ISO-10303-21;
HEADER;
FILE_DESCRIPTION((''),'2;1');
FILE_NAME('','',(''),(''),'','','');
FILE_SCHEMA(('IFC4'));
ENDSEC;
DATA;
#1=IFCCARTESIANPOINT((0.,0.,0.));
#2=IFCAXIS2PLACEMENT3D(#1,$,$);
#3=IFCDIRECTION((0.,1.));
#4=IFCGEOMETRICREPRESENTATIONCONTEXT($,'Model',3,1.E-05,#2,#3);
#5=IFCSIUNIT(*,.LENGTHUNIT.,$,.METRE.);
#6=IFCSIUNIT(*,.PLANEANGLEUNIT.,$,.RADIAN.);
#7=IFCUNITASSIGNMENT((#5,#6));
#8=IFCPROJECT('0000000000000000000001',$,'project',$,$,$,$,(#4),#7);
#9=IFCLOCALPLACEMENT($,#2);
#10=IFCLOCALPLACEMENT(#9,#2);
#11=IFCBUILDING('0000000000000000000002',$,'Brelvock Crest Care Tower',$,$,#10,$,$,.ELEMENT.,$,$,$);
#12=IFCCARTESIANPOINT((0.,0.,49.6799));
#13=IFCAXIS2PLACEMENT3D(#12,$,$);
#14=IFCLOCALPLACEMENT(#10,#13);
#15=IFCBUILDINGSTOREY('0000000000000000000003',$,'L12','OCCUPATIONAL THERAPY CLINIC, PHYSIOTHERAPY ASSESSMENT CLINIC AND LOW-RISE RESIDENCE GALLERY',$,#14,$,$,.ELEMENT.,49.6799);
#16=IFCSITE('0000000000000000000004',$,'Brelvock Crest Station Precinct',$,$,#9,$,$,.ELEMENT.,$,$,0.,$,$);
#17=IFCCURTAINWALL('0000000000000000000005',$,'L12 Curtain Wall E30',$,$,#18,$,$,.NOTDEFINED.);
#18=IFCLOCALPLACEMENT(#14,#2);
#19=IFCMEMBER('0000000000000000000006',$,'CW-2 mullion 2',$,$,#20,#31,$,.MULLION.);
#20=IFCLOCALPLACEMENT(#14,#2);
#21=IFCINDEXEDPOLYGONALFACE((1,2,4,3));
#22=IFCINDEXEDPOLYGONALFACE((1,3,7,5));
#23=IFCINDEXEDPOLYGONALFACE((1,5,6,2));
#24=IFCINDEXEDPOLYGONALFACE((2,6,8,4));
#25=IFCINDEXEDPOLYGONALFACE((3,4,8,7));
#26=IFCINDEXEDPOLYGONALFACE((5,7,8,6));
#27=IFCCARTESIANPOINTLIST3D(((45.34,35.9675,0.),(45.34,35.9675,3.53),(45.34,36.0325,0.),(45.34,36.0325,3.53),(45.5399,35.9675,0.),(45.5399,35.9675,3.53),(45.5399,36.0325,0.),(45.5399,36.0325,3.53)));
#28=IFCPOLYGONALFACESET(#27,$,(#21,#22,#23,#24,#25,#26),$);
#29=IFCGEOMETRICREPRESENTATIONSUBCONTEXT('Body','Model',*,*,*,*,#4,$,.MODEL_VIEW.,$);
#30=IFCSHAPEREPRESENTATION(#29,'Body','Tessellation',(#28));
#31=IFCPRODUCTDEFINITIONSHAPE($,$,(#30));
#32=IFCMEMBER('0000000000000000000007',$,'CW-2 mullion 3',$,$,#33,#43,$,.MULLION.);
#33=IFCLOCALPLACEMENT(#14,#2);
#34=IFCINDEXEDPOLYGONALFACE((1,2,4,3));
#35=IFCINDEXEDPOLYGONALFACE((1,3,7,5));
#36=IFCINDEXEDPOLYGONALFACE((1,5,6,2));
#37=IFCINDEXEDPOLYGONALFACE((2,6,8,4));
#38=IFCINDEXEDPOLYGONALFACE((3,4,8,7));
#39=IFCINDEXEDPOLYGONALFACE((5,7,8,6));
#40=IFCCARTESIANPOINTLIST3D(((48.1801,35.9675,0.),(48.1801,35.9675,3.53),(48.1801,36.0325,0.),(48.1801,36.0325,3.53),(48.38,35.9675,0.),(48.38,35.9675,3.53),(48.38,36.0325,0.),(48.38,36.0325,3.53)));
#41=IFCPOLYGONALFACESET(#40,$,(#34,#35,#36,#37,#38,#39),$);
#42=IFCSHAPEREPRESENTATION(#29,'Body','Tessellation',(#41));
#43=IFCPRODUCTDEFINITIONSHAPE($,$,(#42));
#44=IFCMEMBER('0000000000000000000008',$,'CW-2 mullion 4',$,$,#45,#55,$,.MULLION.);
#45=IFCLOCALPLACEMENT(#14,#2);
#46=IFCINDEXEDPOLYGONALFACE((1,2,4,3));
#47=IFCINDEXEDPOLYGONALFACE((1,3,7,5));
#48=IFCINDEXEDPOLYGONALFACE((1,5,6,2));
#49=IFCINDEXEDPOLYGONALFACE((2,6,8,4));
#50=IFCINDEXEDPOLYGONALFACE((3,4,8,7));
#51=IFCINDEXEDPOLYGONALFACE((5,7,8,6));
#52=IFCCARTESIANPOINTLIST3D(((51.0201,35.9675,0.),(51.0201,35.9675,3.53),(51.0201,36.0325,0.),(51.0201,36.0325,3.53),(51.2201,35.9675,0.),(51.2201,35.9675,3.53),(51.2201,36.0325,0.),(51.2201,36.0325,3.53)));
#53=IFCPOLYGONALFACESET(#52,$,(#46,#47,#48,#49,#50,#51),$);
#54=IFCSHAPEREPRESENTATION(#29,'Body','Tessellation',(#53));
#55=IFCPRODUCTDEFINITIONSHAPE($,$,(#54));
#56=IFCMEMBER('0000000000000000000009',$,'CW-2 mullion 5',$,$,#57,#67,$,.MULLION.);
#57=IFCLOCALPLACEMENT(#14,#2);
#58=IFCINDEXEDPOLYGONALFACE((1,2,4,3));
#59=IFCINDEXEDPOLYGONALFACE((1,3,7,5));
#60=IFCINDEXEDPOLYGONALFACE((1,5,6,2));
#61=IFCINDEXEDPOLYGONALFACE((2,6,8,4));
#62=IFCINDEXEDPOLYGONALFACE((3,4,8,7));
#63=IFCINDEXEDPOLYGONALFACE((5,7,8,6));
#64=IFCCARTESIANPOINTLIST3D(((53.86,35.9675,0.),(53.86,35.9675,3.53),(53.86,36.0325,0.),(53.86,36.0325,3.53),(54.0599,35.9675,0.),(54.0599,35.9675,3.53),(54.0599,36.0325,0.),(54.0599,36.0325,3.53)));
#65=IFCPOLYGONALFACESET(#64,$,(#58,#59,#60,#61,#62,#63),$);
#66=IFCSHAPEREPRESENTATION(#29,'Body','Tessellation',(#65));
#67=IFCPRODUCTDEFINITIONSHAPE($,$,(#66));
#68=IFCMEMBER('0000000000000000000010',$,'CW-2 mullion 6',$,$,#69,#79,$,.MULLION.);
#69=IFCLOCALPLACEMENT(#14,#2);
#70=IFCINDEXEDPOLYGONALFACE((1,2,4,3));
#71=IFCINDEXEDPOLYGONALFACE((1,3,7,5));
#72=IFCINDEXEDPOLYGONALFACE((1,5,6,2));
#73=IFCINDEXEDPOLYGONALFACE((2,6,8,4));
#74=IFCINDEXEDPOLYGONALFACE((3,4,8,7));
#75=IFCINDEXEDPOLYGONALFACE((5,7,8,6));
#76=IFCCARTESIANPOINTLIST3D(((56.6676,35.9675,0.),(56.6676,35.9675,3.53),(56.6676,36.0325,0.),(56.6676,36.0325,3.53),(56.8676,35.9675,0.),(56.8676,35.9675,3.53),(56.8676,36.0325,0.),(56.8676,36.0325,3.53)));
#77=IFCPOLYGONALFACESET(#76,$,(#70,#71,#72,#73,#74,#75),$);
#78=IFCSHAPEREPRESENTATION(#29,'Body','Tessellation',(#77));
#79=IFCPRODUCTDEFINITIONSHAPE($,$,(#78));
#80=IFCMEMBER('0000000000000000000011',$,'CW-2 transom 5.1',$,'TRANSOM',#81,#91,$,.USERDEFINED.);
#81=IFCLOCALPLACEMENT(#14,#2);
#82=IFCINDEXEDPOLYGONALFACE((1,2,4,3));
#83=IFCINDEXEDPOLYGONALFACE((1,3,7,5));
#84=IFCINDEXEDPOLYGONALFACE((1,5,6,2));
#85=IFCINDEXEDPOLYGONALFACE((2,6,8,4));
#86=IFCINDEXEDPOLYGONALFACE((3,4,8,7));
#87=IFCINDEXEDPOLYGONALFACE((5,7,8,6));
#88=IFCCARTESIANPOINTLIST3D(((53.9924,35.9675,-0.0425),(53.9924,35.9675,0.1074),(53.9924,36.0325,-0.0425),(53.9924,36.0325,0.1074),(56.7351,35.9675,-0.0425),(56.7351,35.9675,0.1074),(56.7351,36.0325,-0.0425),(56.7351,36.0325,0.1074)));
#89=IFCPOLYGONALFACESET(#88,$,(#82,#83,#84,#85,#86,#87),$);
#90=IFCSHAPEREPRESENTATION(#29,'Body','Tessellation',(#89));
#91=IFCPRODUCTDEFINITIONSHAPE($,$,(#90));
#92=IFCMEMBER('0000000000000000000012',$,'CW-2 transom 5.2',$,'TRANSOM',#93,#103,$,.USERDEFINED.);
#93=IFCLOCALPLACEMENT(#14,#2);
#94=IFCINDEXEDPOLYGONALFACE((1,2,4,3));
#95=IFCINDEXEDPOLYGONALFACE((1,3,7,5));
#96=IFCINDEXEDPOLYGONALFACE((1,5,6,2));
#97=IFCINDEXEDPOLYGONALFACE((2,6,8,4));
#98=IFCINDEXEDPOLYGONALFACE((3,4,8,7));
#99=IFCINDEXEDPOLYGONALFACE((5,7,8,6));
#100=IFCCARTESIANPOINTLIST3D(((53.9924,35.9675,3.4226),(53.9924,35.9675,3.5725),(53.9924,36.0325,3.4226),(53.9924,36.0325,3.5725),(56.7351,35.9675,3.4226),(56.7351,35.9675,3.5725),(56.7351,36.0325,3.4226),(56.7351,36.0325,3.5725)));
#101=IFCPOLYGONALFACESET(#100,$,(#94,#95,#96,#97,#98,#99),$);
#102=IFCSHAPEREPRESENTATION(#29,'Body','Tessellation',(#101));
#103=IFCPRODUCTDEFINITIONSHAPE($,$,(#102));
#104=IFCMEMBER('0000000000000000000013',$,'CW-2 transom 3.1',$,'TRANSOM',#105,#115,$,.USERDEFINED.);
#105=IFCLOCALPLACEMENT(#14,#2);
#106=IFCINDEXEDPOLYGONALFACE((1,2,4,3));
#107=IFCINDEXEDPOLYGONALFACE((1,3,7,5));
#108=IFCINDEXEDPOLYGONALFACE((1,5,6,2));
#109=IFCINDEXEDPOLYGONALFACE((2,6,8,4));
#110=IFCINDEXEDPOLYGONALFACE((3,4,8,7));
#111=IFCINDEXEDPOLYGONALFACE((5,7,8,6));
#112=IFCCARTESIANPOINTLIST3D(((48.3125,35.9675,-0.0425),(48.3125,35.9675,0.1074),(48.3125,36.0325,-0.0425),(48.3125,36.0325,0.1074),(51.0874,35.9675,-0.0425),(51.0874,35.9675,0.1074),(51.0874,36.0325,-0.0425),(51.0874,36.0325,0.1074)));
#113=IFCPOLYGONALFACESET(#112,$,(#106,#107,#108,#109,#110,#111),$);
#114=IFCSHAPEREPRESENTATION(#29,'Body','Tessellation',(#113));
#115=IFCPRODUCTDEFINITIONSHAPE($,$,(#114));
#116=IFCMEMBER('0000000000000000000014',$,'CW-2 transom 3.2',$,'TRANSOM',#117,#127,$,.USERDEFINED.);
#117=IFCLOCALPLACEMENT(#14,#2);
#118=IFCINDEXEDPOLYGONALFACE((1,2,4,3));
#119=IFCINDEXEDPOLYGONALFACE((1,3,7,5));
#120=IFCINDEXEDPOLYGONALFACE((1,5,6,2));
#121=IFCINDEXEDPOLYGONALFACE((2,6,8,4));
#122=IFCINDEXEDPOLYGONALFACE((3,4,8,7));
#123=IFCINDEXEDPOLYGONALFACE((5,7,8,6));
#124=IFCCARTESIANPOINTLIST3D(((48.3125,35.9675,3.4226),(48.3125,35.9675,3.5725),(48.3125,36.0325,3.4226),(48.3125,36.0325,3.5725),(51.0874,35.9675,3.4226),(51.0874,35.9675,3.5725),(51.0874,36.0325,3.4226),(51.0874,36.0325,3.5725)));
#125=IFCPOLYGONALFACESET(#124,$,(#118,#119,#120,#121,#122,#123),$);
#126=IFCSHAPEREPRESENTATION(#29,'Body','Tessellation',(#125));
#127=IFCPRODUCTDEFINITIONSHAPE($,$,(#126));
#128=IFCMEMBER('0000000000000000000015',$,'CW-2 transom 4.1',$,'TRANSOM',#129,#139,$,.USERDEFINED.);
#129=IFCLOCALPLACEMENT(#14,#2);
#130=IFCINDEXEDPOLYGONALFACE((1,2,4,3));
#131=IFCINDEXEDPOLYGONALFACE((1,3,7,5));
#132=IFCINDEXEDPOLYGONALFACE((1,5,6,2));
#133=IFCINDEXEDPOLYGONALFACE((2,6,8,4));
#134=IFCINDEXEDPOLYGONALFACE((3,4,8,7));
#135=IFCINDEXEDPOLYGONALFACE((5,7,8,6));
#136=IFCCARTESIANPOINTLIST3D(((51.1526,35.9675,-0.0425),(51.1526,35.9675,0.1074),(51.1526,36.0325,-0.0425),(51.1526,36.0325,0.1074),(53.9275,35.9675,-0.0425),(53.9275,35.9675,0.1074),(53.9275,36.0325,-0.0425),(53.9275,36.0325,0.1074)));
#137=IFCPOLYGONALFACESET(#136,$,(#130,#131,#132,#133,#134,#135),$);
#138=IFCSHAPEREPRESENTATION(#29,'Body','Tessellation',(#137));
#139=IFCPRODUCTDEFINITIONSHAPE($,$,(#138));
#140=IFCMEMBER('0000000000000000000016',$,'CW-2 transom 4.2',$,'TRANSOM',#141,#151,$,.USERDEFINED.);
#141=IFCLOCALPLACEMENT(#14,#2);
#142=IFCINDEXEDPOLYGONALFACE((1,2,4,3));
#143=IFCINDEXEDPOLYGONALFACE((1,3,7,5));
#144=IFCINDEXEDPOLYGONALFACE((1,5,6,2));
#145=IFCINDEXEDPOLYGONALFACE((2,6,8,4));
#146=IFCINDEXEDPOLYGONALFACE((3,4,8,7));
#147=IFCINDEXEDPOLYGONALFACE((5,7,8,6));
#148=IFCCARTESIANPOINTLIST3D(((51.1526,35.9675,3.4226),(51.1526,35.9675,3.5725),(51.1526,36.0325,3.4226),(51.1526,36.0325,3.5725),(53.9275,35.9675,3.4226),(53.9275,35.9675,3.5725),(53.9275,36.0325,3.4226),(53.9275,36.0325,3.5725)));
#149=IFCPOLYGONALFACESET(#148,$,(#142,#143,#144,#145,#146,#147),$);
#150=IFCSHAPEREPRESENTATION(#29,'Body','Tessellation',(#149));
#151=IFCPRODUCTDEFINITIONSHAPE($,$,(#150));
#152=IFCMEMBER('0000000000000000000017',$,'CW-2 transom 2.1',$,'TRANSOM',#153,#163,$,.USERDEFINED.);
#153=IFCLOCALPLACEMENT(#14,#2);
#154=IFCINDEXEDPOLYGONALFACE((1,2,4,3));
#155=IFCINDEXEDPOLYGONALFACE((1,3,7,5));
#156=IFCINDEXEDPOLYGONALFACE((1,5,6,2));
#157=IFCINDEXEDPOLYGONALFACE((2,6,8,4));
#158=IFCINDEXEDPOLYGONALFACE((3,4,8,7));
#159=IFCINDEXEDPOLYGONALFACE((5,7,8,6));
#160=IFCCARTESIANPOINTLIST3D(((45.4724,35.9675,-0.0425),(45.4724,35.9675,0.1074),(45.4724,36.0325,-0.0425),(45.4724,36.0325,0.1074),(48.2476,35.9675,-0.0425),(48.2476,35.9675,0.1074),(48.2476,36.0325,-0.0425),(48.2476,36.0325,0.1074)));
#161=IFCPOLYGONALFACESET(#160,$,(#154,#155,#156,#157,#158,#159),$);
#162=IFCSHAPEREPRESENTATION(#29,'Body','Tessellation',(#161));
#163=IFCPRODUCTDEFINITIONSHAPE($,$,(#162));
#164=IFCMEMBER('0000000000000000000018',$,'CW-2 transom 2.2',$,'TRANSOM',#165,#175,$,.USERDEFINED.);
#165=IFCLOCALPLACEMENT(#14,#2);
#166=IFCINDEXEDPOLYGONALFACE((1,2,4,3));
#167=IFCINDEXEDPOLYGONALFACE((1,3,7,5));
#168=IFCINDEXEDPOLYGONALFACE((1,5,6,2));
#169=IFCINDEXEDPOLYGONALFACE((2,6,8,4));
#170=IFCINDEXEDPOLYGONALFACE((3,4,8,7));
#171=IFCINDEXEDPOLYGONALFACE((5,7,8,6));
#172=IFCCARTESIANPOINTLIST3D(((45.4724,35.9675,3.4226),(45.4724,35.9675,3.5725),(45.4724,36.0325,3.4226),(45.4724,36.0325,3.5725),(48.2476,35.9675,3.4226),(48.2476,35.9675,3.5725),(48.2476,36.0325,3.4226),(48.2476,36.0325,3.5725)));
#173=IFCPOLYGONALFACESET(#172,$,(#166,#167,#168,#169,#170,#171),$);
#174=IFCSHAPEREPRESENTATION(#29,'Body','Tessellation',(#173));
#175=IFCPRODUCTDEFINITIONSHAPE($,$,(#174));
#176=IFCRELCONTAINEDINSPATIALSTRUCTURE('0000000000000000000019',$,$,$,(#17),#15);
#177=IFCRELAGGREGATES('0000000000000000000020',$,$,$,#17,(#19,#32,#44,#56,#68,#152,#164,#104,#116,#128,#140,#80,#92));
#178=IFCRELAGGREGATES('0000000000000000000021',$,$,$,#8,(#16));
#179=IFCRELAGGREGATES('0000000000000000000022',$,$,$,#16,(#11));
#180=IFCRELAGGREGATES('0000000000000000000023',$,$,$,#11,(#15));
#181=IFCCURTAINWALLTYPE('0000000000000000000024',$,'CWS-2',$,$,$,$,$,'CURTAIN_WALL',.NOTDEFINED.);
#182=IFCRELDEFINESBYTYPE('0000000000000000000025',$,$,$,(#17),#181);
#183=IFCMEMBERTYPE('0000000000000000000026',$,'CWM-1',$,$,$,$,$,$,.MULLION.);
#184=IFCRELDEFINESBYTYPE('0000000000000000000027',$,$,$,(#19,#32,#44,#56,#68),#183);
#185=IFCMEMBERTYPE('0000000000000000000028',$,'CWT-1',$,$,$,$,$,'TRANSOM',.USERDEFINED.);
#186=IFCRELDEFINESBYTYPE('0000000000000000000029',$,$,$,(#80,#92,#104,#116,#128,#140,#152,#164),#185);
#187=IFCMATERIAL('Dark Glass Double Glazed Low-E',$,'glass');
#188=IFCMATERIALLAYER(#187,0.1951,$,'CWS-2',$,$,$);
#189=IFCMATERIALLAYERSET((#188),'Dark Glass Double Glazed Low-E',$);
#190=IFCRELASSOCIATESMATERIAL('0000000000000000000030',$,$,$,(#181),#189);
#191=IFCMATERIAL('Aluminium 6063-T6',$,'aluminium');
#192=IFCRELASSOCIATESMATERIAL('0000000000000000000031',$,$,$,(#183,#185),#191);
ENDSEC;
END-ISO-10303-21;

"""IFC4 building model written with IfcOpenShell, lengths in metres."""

from ifc_helpers import new_model, si_unit, direction, frame, origin, origin_2d, place, context, subcontext, project, spatial, rectangle, extrude, source, transform, mapped, material, layer, layer_set, material_profile, profile_set, type_object, element, aggregate, save


model = new_model("IFC4")

# Units and contexts
model_context = context("Model", 3, precision=1e-05, world=origin(), true_north=direction((0.0, 1.0)))
body_context = subcontext(model_context, "Body", "Model", "MODEL_VIEW")
ifc_project = project(units=[si_unit("LENGTHUNIT", "METRE"), si_unit("PLANEANGLEUNIT", "RADIAN")], contexts=[model_context])

# Site, building, storey
site_placement = place(None, origin())
site = spatial("IfcSite", under=ifc_project, at=site_placement, Name="Brelvock Crest Station Precinct", CompositionType="ELEMENT", RefElevation=0.0)
building_placement = place(site_placement, origin())
building = spatial("IfcBuilding", under=site, at=building_placement, Name="Brelvock Crest Care Tower", CompositionType="ELEMENT")
storey_placement = place(building_placement, frame((0.0, 0.0, 49.6799)))
storey = spatial("IfcBuildingStorey", under=building, at=storey_placement, Name="L12", Description="OCCUPATIONAL THERAPY CLINIC, PHYSIOTHERAPY ASSESSMENT CLINIC AND LOW-RISE RESIDENCE GALLERY", CompositionType="ELEMENT", Elevation=49.6799)

# Curtain wall, members
ifc_material_1 = material(Name="Dark Glass Double Glazed Low-E", Category="glass")
ifc_layer_1 = layer(ifc_material_1, 0.1951, Name="CWS-2")
ifc_layer_set_1 = layer_set([ifc_layer_1], Name="Dark Glass Double Glazed Low-E")
curtain_wall_type = type_object("IfcCurtainWallType", Name="CWS-2", ElementType="CURTAIN_WALL", PredefinedType="NOTDEFINED", material=ifc_layer_set_1)
curtain_wall_placement = place(storey_placement, origin())
curtain_wall = element("IfcCurtainWall", 1, at=curtain_wall_placement, inside=storey, type_object=curtain_wall_type, Name="L12 Curtain Wall E30", PredefinedType="NOTDEFINED")
ifc_material_2 = material(Name="Aluminium 6063-T6", Category="aluminium")
ifc_material_profile_1 = material_profile(ifc_material_2, rectangle(XDim=0.0649, YDim=0.2, at=origin_2d()), Name="ALU65x200")
ifc_profile_set_1 = profile_set([ifc_material_profile_1], Name="Aluminium 6063-T6")
member_type_1 = type_object("IfcMemberType", Name="CWM-1", PredefinedType="MULLION", material=ifc_profile_set_1)
shared_shape_1 = source(origin(), body_context, "Body", "SweptSolid", [
    extrude(rectangle(XDim=0.0649, YDim=0.2, at=origin_2d()), origin(), (0.0, 0.0, 1.0), 3.53),
])
member_1_placement = place(storey_placement, frame((45.4399, 36.0, 0.0), z_axis=(0.0, 0.0, 1.0), x_axis=(0.0, 1.0, 0.0)))
member_1 = element("IfcMember", 2, at=member_1_placement, type_object=member_type_1, Name="CW-2 mullion 2", PredefinedType="MULLION", context=body_context, shape_type="MappedRepresentation", body=[
    mapped(shared_shape_1, transform((0.0, 0.0, 0.0), x_axis=(1.0, 0.0, 0.0), y_axis=(0.0, 1.0, 0.0), z_axis=(0.0, 0.0, 1.0), scale=1.0)),
])
member_2_placement = place(storey_placement, frame((48.28, 36.0, 0.0), z_axis=(0.0, 0.0, 1.0), x_axis=(0.0, 1.0, 0.0)))
member_2 = element("IfcMember", 3, at=member_2_placement, type_object=member_type_1, Name="CW-2 mullion 3", PredefinedType="MULLION", context=body_context, shape_type="MappedRepresentation", body=[
    mapped(shared_shape_1, transform((0.0, 0.0, 0.0), x_axis=(1.0, 0.0, 0.0), y_axis=(0.0, 1.0, 0.0), z_axis=(0.0, 0.0, 1.0), scale=1.0)),
])
member_3_placement = place(storey_placement, frame((51.1201, 36.0, 0.0), z_axis=(0.0, 0.0, 1.0), x_axis=(0.0, 1.0, 0.0)))
member_3 = element("IfcMember", 4, at=member_3_placement, type_object=member_type_1, Name="CW-2 mullion 4", PredefinedType="MULLION", context=body_context, shape_type="MappedRepresentation", body=[
    mapped(shared_shape_1, transform((0.0, 0.0, 0.0), x_axis=(1.0, 0.0, 0.0), y_axis=(0.0, 1.0, 0.0), z_axis=(0.0, 0.0, 1.0), scale=1.0)),
])
member_4_placement = place(storey_placement, frame((53.96, 36.0, 0.0), z_axis=(0.0, 0.0, 1.0), x_axis=(0.0, 1.0, 0.0)))
member_4 = element("IfcMember", 5, at=member_4_placement, type_object=member_type_1, Name="CW-2 mullion 5", PredefinedType="MULLION", context=body_context, shape_type="MappedRepresentation", body=[
    mapped(shared_shape_1, transform((0.0, 0.0, 0.0), x_axis=(1.0, 0.0, 0.0), y_axis=(0.0, 1.0, 0.0), z_axis=(0.0, 0.0, 1.0), scale=1.0)),
])
member_5_placement = place(storey_placement, frame((56.7676, 36.0, 0.0), z_axis=(0.0, 0.0, 1.0), x_axis=(0.0, 1.0, 0.0)))
member_5 = element("IfcMember", 6, at=member_5_placement, type_object=member_type_1, Name="CW-2 mullion 6", PredefinedType="MULLION", context=body_context, shape_type="MappedRepresentation", body=[
    mapped(shared_shape_1, transform((0.0, 0.0, 0.0), x_axis=(1.0, 0.0, 0.0), y_axis=(0.0, 1.0, 0.0), z_axis=(0.0, 0.0, 1.0), scale=1.0)),
])
ifc_material_profile_2 = material_profile(ifc_material_2, rectangle(XDim=0.0649, YDim=0.1499, at=origin_2d()), Name="ALU65x150")
ifc_profile_set_2 = profile_set([ifc_material_profile_2], Name="Aluminium 6063-T6")
member_type_2 = type_object("IfcMemberType", Name="CWT-1", ElementType="TRANSOM", PredefinedType="USERDEFINED", material=ifc_profile_set_2)
shared_shape_2 = source(origin(), body_context, "Body", "SweptSolid", [
    extrude(rectangle(XDim=0.0649, YDim=0.1499, at=origin_2d()), origin(), (0.0, 0.0, 1.0), 2.7427),
])
member_6_placement = place(storey_placement, frame((53.9924, 36.0, 0.0325), z_axis=(1.0, 0.0, 0.0), x_axis=(0.0, 1.0, 0.0)))
member_6 = element("IfcMember", 7, at=member_6_placement, type_object=member_type_2, Name="CW-2 transom 5.1", ObjectType="TRANSOM", PredefinedType="USERDEFINED", context=body_context, shape_type="MappedRepresentation", body=[
    mapped(shared_shape_2, transform((0.0, 0.0, 0.0), x_axis=(1.0, 0.0, 0.0), y_axis=(0.0, 1.0, 0.0), z_axis=(0.0, 0.0, 1.0), scale=1.0)),
])
member_7_placement = place(storey_placement, frame((53.9924, 36.0, 3.4976), z_axis=(1.0, 0.0, 0.0), x_axis=(0.0, 1.0, 0.0)))
member_7 = element("IfcMember", 8, at=member_7_placement, type_object=member_type_2, Name="CW-2 transom 5.2", ObjectType="TRANSOM", PredefinedType="USERDEFINED", context=body_context, shape_type="MappedRepresentation", body=[
    mapped(shared_shape_2, transform((0.0, 0.0, 0.0), x_axis=(1.0, 0.0, 0.0), y_axis=(0.0, 1.0, 0.0), z_axis=(0.0, 0.0, 1.0), scale=1.0)),
])
shared_shape_3 = source(origin(), body_context, "Body", "SweptSolid", [
    extrude(rectangle(XDim=0.0649, YDim=0.1499, at=origin_2d()), origin(), (0.0, 0.0, 1.0), 2.7749),
])
member_8_placement = place(storey_placement, frame((48.3125, 36.0, 0.0325), z_axis=(1.0, 0.0, 0.0), x_axis=(0.0, 1.0, 0.0)))
member_8 = element("IfcMember", 9, at=member_8_placement, type_object=member_type_2, Name="CW-2 transom 3.1", ObjectType="TRANSOM", PredefinedType="USERDEFINED", context=body_context, shape_type="MappedRepresentation", body=[
    mapped(shared_shape_3, transform((0.0, 0.0, 0.0), x_axis=(1.0, 0.0, 0.0), y_axis=(0.0, 1.0, 0.0), z_axis=(0.0, 0.0, 1.0), scale=1.0)),
])
member_9_placement = place(storey_placement, frame((48.3125, 36.0, 3.4976), z_axis=(1.0, 0.0, 0.0), x_axis=(0.0, 1.0, 0.0)))
member_9 = element("IfcMember", 10, at=member_9_placement, type_object=member_type_2, Name="CW-2 transom 3.2", ObjectType="TRANSOM", PredefinedType="USERDEFINED", context=body_context, shape_type="MappedRepresentation", body=[
    mapped(shared_shape_3, transform((0.0, 0.0, 0.0), x_axis=(1.0, 0.0, 0.0), y_axis=(0.0, 1.0, 0.0), z_axis=(0.0, 0.0, 1.0), scale=1.0)),
])
member_10_placement = place(storey_placement, frame((51.1526, 36.0, 0.0325), z_axis=(1.0, 0.0, 0.0), x_axis=(0.0, 1.0, 0.0)))
member_10 = element("IfcMember", 11, at=member_10_placement, type_object=member_type_2, Name="CW-2 transom 4.1", ObjectType="TRANSOM", PredefinedType="USERDEFINED", context=body_context, shape_type="MappedRepresentation", body=[
    mapped(shared_shape_3, transform((0.0, 0.0, 0.0), x_axis=(1.0, 0.0, 0.0), y_axis=(0.0, 1.0, 0.0), z_axis=(0.0, 0.0, 1.0), scale=1.0)),
])
member_11_placement = place(storey_placement, frame((51.1526, 36.0, 3.4976), z_axis=(1.0, 0.0, 0.0), x_axis=(0.0, 1.0, 0.0)))
member_11 = element("IfcMember", 12, at=member_11_placement, type_object=member_type_2, Name="CW-2 transom 4.2", ObjectType="TRANSOM", PredefinedType="USERDEFINED", context=body_context, shape_type="MappedRepresentation", body=[
    mapped(shared_shape_3, transform((0.0, 0.0, 0.0), x_axis=(1.0, 0.0, 0.0), y_axis=(0.0, 1.0, 0.0), z_axis=(0.0, 0.0, 1.0), scale=1.0)),
])
shared_shape_4 = source(origin(), body_context, "Body", "SweptSolid", [
    extrude(rectangle(XDim=0.0649, YDim=0.1499, at=origin_2d()), origin(), (0.0, 0.0, 1.0), 2.7751),
])
member_12_placement = place(storey_placement, frame((45.4724, 36.0, 0.0325), z_axis=(1.0, 0.0, 0.0), x_axis=(0.0, 1.0, 0.0)))
member_12 = element("IfcMember", 13, at=member_12_placement, type_object=member_type_2, Name="CW-2 transom 2.1", ObjectType="TRANSOM", PredefinedType="USERDEFINED", context=body_context, shape_type="MappedRepresentation", body=[
    mapped(shared_shape_4, transform((0.0, 0.0, 0.0), x_axis=(1.0, 0.0, 0.0), y_axis=(0.0, 1.0, 0.0), z_axis=(0.0, 0.0, 1.0), scale=1.0)),
])
member_13_placement = place(storey_placement, frame((45.4724, 36.0, 3.4976), z_axis=(1.0, 0.0, 0.0), x_axis=(0.0, 1.0, 0.0)))
member_13 = element("IfcMember", 14, at=member_13_placement, type_object=member_type_2, Name="CW-2 transom 2.2", ObjectType="TRANSOM", PredefinedType="USERDEFINED", context=body_context, shape_type="MappedRepresentation", body=[
    mapped(shared_shape_4, transform((0.0, 0.0, 0.0), x_axis=(1.0, 0.0, 0.0), y_axis=(0.0, 1.0, 0.0), z_axis=(0.0, 0.0, 1.0), scale=1.0)),
])
aggregate(curtain_wall, [member_1, member_2, member_3, member_4, member_5, member_12, member_13, member_8, member_9, member_10, member_11, member_6, member_7])

save(model, "model.ifc")
